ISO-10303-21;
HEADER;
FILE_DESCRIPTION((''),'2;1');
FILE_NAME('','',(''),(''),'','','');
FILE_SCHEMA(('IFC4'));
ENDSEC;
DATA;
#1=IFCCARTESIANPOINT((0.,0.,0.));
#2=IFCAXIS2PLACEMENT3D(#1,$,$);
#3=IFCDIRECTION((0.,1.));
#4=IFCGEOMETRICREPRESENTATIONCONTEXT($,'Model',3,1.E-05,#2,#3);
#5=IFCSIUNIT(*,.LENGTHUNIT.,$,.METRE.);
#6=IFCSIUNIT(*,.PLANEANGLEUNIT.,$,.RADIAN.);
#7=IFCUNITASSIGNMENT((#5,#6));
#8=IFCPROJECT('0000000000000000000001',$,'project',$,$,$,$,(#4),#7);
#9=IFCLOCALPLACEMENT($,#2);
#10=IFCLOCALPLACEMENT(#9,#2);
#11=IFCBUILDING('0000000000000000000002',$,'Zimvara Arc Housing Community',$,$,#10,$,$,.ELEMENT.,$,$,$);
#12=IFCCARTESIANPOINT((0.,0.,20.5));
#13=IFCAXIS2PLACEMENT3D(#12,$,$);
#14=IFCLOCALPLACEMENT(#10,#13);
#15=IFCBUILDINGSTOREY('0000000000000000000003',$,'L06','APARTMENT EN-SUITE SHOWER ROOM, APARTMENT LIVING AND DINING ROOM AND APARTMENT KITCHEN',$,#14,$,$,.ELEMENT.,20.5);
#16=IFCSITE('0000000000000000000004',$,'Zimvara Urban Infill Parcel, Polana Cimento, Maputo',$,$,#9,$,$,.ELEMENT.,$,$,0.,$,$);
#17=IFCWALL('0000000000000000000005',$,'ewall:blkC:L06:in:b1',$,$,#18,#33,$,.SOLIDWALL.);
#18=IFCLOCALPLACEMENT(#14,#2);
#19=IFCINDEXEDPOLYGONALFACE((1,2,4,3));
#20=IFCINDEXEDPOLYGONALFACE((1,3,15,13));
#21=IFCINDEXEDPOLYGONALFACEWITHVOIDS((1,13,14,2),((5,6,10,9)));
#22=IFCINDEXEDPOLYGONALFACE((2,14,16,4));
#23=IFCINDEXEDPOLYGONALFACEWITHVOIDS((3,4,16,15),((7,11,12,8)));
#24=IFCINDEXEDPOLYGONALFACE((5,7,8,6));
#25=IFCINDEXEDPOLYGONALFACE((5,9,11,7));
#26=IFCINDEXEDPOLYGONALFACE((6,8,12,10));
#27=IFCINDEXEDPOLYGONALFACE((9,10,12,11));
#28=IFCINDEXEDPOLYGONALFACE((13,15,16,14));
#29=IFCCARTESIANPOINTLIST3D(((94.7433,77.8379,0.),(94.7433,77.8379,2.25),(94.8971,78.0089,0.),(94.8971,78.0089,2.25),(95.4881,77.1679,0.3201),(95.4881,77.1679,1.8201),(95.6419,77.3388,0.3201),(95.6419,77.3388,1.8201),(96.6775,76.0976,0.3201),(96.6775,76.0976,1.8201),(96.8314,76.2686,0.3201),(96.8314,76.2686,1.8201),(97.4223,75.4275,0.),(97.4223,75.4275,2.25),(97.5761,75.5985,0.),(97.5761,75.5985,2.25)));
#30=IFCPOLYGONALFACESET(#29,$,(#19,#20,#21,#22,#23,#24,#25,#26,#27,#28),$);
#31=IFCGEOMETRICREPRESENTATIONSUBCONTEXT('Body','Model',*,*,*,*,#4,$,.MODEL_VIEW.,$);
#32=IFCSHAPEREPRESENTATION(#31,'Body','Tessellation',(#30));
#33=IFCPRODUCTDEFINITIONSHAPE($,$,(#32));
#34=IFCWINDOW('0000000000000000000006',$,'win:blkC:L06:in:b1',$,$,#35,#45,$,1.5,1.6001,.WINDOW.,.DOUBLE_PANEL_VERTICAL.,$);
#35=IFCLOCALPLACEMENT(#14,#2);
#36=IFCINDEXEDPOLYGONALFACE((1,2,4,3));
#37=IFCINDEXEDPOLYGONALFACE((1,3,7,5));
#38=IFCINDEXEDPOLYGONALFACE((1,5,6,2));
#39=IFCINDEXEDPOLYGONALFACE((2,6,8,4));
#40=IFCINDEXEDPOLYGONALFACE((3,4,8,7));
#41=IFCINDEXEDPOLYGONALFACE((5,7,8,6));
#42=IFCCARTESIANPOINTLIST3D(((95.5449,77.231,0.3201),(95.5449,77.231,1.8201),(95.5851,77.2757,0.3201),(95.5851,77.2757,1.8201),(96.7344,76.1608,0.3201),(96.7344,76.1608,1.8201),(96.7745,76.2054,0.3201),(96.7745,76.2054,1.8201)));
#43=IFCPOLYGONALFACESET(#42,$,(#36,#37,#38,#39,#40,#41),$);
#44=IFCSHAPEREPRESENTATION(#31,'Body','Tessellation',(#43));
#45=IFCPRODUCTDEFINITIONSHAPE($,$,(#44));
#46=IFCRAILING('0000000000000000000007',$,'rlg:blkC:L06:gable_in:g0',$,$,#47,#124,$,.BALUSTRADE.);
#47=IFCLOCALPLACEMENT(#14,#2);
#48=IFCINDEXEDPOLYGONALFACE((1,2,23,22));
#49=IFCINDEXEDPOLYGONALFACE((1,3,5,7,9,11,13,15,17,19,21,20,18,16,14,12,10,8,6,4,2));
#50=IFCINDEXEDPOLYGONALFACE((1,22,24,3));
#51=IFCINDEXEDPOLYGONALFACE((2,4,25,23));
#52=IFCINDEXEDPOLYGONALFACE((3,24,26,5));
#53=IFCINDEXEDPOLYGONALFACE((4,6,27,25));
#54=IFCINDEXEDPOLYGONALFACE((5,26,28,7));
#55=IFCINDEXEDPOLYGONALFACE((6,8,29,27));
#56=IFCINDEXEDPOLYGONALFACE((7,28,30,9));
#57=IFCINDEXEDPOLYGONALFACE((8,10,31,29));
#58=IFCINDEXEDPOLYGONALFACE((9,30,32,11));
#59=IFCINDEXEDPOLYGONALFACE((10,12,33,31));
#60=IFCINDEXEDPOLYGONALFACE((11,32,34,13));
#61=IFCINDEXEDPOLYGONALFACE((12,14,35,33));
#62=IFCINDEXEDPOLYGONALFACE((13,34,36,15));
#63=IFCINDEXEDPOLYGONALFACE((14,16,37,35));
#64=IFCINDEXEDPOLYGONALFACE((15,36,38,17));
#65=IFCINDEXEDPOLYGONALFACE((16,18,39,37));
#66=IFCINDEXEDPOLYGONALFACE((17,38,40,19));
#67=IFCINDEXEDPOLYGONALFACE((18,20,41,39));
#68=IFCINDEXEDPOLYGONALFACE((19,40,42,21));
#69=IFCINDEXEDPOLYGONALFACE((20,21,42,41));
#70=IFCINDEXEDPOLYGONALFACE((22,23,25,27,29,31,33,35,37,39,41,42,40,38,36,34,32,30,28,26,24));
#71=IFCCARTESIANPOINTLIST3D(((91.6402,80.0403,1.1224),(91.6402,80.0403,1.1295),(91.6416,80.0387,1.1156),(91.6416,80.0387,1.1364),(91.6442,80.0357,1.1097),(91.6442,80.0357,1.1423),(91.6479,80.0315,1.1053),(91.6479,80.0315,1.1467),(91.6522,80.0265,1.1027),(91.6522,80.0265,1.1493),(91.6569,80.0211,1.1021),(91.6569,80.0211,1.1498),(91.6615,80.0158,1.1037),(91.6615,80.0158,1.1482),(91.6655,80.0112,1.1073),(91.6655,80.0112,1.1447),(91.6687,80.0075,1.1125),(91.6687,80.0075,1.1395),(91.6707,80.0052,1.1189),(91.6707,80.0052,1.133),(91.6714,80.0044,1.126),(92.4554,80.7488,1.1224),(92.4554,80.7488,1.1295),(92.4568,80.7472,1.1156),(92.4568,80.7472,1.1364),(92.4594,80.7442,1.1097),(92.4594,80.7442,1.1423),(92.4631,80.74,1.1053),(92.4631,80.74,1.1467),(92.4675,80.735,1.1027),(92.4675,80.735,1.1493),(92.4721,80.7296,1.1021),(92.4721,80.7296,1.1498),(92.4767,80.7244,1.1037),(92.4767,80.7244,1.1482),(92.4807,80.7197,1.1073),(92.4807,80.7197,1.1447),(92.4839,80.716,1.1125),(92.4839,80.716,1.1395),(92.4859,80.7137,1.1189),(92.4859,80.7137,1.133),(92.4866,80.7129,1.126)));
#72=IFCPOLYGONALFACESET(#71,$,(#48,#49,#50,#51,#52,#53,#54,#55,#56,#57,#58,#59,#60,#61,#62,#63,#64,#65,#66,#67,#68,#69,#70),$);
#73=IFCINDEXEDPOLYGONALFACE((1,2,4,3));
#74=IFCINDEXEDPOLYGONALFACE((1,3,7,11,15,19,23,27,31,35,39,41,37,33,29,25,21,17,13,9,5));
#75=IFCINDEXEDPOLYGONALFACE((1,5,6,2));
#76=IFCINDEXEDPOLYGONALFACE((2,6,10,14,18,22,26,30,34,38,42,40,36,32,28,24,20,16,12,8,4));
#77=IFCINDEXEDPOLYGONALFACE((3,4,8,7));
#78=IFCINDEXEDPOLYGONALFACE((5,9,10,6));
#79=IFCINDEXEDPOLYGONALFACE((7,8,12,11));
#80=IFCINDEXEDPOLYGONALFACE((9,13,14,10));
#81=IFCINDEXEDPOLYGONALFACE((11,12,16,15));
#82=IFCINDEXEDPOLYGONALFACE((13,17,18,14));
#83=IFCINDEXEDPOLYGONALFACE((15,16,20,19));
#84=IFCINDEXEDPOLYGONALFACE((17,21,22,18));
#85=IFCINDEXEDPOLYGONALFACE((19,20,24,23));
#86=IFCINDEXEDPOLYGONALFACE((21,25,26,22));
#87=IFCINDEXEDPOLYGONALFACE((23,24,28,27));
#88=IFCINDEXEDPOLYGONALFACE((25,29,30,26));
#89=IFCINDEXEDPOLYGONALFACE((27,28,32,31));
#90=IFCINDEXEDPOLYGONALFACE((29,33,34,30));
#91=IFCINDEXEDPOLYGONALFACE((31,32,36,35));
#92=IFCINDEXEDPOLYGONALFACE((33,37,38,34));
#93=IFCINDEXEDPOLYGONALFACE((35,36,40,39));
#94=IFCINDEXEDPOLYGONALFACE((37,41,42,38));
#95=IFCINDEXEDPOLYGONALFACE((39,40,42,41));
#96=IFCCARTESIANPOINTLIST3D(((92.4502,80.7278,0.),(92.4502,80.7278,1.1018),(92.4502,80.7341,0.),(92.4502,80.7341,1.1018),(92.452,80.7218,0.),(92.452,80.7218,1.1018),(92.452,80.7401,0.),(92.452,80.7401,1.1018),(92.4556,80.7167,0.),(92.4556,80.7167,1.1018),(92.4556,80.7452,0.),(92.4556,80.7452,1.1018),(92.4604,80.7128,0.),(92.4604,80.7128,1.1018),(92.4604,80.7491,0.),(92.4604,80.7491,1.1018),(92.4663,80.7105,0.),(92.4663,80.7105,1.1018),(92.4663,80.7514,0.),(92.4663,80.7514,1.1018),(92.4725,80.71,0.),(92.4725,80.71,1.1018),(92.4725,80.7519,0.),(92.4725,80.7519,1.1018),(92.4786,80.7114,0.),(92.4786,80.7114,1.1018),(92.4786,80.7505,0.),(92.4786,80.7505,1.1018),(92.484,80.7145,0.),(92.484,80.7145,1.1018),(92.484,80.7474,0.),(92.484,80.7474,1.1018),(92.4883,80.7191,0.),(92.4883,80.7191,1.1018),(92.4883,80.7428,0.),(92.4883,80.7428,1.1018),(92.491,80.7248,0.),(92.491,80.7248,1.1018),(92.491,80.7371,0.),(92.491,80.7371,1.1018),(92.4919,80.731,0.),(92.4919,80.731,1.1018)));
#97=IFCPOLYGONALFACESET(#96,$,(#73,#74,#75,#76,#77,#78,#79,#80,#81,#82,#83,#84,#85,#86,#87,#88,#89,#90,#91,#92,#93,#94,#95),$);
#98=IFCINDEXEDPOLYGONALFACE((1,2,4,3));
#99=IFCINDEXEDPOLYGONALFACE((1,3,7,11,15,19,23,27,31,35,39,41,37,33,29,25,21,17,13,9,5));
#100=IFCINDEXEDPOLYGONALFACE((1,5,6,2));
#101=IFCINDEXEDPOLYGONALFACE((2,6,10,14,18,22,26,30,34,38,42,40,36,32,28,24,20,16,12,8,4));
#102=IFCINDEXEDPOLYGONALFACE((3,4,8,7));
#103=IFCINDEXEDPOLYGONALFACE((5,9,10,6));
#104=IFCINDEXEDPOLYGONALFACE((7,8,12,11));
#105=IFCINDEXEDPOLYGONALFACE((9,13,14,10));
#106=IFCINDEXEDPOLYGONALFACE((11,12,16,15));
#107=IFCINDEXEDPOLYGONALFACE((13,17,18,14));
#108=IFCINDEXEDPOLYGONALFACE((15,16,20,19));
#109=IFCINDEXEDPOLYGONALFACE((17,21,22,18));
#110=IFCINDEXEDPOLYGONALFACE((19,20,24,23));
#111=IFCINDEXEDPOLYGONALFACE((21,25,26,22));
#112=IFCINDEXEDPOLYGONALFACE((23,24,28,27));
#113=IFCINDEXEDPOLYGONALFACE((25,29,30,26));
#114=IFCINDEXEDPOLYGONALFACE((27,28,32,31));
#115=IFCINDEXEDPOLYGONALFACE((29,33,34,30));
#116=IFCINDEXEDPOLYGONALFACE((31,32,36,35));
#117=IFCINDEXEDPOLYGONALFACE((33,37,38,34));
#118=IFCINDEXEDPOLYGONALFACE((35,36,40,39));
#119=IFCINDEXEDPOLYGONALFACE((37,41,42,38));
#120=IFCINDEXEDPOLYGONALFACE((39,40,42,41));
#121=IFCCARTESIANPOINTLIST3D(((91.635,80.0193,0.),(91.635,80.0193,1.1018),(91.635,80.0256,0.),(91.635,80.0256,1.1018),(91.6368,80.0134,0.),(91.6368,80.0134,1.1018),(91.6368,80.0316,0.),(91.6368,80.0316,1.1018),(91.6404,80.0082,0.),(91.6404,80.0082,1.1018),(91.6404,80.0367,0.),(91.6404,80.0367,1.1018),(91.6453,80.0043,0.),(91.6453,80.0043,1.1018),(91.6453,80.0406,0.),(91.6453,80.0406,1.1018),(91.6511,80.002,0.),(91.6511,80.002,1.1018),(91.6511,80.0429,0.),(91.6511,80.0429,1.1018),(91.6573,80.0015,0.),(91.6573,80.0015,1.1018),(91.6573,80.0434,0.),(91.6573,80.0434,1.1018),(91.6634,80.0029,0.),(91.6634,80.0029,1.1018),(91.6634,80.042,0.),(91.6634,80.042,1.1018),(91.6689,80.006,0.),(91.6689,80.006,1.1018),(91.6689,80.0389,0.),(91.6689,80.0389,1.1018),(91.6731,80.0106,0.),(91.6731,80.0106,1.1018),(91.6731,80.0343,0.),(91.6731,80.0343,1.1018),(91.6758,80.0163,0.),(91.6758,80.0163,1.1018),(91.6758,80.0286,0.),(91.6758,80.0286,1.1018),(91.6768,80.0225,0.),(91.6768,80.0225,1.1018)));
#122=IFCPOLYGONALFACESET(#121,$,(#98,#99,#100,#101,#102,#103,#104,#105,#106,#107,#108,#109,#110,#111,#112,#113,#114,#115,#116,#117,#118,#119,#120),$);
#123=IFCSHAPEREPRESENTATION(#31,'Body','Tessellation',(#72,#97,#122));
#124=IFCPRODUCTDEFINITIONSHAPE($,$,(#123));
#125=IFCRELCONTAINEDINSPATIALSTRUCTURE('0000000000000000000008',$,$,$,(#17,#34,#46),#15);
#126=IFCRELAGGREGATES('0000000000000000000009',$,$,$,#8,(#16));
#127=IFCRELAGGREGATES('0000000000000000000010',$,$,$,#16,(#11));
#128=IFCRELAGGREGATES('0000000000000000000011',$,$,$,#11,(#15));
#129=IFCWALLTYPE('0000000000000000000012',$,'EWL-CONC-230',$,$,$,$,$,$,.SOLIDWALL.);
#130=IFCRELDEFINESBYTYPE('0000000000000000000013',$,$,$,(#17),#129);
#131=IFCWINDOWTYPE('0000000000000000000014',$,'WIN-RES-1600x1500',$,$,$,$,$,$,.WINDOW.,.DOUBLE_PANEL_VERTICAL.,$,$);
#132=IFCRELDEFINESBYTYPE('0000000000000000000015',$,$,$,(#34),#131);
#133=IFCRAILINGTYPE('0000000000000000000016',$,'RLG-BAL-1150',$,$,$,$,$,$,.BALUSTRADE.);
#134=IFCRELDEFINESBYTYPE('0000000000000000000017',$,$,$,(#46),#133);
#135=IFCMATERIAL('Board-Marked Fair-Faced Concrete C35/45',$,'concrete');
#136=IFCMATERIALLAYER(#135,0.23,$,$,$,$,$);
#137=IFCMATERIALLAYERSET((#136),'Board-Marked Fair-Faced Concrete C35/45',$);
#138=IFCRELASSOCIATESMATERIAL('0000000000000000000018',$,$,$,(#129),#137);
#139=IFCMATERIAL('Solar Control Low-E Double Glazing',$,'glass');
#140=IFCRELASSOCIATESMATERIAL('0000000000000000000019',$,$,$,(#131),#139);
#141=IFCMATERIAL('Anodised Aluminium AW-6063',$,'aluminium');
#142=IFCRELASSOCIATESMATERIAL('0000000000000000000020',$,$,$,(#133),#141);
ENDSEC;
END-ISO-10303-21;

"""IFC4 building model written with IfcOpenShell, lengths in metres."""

from ifc_helpers import new_model, si_unit, direction, frame, frame_2d, origin, origin_2d, place, context, subcontext, project, spatial, rectangle, circle, extrude, material, layer, layer_set, type_object, element, fill, save


model = new_model("IFC4")

# Units and contexts
model_context = context("Model", 3, precision=1e-05, world=origin(), true_north=direction((0.0, 1.0)))
body_context = subcontext(model_context, "Body", "Model", "MODEL_VIEW")
ifc_project = project(units=[si_unit("LENGTHUNIT", "METRE"), si_unit("PLANEANGLEUNIT", "RADIAN")], contexts=[model_context])

# Site, building, storey
site_placement = place(None, origin())
site = spatial("IfcSite", under=ifc_project, at=site_placement, Name="Zimvara Urban Infill Parcel, Polana Cimento, Maputo", CompositionType="ELEMENT", RefElevation=0.0)
building_placement = place(site_placement, origin())
building = spatial("IfcBuilding", under=site, at=building_placement, Name="Zimvara Arc Housing Community", CompositionType="ELEMENT")
storey_placement = place(building_placement, frame((0.0, 0.0, 20.5)))
storey = spatial("IfcBuildingStorey", under=building, at=storey_placement, Name="L06", Description="APARTMENT EN-SUITE SHOWER ROOM, APARTMENT LIVING AND DINING ROOM AND APARTMENT KITCHEN", CompositionType="ELEMENT", Elevation=20.5)

# Wall, opening, window
ifc_material_1 = material(Name="Board-Marked Fair-Faced Concrete C35/45", Category="concrete")
ifc_layer_1 = layer(ifc_material_1, 0.23)
ifc_layer_set_1 = layer_set([ifc_layer_1], Name="Board-Marked Fair-Faced Concrete C35/45")
wall_type = type_object("IfcWallType", Name="EWL-CONC-230", PredefinedType="SOLIDWALL", material=ifc_layer_set_1)
wall_placement = place(storey_placement, frame((94.8203, 77.9233, 0.0), z_axis=(0.0, 0.0, 1.0), x_axis=(0.743385, -0.668864, 0.0)))
wall = element("IfcWall", 1, at=wall_placement, inside=storey, type_object=wall_type, Name="ewall:blkC:L06:in:b1", PredefinedType="SOLIDWALL", context=body_context, shape_type="SweptSolid", body=[
    extrude(rectangle(XDim=3.6038, YDim=0.23, at=frame_2d((1.8018, 0.0))), origin(), (0.0, 0.0, 1.0), 2.25),
])
opening_placement = place(wall_placement, frame((1.0017, 0.0, 0.3201)))
opening = element("IfcOpeningElement", 2, at=opening_placement, cuts=wall, PredefinedType="OPENING", context=body_context, shape_type="SweptSolid", body=[
    extrude(rectangle(XDim=1.6001, YDim=1.5, at=frame_2d((0.8, 0.75))), frame((0.0, 0.125, 0.0), z_axis=(0.0, -1.0, 0.0), x_axis=(1.0, 0.0, 0.0)), (0.0, 0.0, 1.0), 0.25),
])
ifc_material_2 = material(Name="Solar Control Low-E Double Glazing", Category="glass")
window_type = type_object("IfcWindowType", Name="WIN-RES-1600x1500", PartitioningType="DOUBLE_PANEL_VERTICAL", PredefinedType="WINDOW", material=ifc_material_2)
window_placement = place(opening_placement, origin())
window = element("IfcWindow", 3, at=window_placement, inside=storey, type_object=window_type, Name="win:blkC:L06:in:b1", OverallHeight=1.5, OverallWidth=1.6001, PartitioningType="DOUBLE_PANEL_VERTICAL", PredefinedType="WINDOW", context=body_context, shape_type="SweptSolid", body=[
    extrude(rectangle(XDim=1.6001, YDim=1.5, at=frame_2d((0.8, 0.75))), frame((0.0, 0.03, 0.0), z_axis=(0.0, -1.0, 0.0), x_axis=(1.0, 0.0, 0.0)), (0.0, 0.0, 1.0), 0.0601),
])
fill(opening, window)

# Railing
ifc_material_3 = material(Name="Anodised Aluminium AW-6063", Category="aluminium")
railing_type = type_object("IfcRailingType", Name="RLG-BAL-1150", PredefinedType="BALUSTRADE", material=ifc_material_3)
railing_placement = place(storey_placement, frame((92.4709, 80.731, 0.0)))
element("IfcRailing", 4, at=railing_placement, inside=storey, type_object=railing_type, Name="rlg:blkC:L06:gable_in:g0", PredefinedType="BALUSTRADE", context=body_context, shape_type="SweptSolid", body=[
    extrude(circle(Radius=0.0239, at=origin_2d()), frame((0.0, 0.0, 1.126), z_axis=(-0.754771, -0.655988, 0.0), x_axis=(0.655988, -0.754771, 0.0)), (0.0, 0.0, 1.0), 1.0801),
    extrude(circle(Radius=0.021, at=origin_2d()), origin(), (0.0, 0.0, 1.0), 1.1018),
    extrude(circle(Radius=0.021, at=origin_2d()), frame((-0.8152, -0.7085, 0.0)), (0.0, 0.0, 1.0), 1.1018),
])

save(model, "model.ifc")
